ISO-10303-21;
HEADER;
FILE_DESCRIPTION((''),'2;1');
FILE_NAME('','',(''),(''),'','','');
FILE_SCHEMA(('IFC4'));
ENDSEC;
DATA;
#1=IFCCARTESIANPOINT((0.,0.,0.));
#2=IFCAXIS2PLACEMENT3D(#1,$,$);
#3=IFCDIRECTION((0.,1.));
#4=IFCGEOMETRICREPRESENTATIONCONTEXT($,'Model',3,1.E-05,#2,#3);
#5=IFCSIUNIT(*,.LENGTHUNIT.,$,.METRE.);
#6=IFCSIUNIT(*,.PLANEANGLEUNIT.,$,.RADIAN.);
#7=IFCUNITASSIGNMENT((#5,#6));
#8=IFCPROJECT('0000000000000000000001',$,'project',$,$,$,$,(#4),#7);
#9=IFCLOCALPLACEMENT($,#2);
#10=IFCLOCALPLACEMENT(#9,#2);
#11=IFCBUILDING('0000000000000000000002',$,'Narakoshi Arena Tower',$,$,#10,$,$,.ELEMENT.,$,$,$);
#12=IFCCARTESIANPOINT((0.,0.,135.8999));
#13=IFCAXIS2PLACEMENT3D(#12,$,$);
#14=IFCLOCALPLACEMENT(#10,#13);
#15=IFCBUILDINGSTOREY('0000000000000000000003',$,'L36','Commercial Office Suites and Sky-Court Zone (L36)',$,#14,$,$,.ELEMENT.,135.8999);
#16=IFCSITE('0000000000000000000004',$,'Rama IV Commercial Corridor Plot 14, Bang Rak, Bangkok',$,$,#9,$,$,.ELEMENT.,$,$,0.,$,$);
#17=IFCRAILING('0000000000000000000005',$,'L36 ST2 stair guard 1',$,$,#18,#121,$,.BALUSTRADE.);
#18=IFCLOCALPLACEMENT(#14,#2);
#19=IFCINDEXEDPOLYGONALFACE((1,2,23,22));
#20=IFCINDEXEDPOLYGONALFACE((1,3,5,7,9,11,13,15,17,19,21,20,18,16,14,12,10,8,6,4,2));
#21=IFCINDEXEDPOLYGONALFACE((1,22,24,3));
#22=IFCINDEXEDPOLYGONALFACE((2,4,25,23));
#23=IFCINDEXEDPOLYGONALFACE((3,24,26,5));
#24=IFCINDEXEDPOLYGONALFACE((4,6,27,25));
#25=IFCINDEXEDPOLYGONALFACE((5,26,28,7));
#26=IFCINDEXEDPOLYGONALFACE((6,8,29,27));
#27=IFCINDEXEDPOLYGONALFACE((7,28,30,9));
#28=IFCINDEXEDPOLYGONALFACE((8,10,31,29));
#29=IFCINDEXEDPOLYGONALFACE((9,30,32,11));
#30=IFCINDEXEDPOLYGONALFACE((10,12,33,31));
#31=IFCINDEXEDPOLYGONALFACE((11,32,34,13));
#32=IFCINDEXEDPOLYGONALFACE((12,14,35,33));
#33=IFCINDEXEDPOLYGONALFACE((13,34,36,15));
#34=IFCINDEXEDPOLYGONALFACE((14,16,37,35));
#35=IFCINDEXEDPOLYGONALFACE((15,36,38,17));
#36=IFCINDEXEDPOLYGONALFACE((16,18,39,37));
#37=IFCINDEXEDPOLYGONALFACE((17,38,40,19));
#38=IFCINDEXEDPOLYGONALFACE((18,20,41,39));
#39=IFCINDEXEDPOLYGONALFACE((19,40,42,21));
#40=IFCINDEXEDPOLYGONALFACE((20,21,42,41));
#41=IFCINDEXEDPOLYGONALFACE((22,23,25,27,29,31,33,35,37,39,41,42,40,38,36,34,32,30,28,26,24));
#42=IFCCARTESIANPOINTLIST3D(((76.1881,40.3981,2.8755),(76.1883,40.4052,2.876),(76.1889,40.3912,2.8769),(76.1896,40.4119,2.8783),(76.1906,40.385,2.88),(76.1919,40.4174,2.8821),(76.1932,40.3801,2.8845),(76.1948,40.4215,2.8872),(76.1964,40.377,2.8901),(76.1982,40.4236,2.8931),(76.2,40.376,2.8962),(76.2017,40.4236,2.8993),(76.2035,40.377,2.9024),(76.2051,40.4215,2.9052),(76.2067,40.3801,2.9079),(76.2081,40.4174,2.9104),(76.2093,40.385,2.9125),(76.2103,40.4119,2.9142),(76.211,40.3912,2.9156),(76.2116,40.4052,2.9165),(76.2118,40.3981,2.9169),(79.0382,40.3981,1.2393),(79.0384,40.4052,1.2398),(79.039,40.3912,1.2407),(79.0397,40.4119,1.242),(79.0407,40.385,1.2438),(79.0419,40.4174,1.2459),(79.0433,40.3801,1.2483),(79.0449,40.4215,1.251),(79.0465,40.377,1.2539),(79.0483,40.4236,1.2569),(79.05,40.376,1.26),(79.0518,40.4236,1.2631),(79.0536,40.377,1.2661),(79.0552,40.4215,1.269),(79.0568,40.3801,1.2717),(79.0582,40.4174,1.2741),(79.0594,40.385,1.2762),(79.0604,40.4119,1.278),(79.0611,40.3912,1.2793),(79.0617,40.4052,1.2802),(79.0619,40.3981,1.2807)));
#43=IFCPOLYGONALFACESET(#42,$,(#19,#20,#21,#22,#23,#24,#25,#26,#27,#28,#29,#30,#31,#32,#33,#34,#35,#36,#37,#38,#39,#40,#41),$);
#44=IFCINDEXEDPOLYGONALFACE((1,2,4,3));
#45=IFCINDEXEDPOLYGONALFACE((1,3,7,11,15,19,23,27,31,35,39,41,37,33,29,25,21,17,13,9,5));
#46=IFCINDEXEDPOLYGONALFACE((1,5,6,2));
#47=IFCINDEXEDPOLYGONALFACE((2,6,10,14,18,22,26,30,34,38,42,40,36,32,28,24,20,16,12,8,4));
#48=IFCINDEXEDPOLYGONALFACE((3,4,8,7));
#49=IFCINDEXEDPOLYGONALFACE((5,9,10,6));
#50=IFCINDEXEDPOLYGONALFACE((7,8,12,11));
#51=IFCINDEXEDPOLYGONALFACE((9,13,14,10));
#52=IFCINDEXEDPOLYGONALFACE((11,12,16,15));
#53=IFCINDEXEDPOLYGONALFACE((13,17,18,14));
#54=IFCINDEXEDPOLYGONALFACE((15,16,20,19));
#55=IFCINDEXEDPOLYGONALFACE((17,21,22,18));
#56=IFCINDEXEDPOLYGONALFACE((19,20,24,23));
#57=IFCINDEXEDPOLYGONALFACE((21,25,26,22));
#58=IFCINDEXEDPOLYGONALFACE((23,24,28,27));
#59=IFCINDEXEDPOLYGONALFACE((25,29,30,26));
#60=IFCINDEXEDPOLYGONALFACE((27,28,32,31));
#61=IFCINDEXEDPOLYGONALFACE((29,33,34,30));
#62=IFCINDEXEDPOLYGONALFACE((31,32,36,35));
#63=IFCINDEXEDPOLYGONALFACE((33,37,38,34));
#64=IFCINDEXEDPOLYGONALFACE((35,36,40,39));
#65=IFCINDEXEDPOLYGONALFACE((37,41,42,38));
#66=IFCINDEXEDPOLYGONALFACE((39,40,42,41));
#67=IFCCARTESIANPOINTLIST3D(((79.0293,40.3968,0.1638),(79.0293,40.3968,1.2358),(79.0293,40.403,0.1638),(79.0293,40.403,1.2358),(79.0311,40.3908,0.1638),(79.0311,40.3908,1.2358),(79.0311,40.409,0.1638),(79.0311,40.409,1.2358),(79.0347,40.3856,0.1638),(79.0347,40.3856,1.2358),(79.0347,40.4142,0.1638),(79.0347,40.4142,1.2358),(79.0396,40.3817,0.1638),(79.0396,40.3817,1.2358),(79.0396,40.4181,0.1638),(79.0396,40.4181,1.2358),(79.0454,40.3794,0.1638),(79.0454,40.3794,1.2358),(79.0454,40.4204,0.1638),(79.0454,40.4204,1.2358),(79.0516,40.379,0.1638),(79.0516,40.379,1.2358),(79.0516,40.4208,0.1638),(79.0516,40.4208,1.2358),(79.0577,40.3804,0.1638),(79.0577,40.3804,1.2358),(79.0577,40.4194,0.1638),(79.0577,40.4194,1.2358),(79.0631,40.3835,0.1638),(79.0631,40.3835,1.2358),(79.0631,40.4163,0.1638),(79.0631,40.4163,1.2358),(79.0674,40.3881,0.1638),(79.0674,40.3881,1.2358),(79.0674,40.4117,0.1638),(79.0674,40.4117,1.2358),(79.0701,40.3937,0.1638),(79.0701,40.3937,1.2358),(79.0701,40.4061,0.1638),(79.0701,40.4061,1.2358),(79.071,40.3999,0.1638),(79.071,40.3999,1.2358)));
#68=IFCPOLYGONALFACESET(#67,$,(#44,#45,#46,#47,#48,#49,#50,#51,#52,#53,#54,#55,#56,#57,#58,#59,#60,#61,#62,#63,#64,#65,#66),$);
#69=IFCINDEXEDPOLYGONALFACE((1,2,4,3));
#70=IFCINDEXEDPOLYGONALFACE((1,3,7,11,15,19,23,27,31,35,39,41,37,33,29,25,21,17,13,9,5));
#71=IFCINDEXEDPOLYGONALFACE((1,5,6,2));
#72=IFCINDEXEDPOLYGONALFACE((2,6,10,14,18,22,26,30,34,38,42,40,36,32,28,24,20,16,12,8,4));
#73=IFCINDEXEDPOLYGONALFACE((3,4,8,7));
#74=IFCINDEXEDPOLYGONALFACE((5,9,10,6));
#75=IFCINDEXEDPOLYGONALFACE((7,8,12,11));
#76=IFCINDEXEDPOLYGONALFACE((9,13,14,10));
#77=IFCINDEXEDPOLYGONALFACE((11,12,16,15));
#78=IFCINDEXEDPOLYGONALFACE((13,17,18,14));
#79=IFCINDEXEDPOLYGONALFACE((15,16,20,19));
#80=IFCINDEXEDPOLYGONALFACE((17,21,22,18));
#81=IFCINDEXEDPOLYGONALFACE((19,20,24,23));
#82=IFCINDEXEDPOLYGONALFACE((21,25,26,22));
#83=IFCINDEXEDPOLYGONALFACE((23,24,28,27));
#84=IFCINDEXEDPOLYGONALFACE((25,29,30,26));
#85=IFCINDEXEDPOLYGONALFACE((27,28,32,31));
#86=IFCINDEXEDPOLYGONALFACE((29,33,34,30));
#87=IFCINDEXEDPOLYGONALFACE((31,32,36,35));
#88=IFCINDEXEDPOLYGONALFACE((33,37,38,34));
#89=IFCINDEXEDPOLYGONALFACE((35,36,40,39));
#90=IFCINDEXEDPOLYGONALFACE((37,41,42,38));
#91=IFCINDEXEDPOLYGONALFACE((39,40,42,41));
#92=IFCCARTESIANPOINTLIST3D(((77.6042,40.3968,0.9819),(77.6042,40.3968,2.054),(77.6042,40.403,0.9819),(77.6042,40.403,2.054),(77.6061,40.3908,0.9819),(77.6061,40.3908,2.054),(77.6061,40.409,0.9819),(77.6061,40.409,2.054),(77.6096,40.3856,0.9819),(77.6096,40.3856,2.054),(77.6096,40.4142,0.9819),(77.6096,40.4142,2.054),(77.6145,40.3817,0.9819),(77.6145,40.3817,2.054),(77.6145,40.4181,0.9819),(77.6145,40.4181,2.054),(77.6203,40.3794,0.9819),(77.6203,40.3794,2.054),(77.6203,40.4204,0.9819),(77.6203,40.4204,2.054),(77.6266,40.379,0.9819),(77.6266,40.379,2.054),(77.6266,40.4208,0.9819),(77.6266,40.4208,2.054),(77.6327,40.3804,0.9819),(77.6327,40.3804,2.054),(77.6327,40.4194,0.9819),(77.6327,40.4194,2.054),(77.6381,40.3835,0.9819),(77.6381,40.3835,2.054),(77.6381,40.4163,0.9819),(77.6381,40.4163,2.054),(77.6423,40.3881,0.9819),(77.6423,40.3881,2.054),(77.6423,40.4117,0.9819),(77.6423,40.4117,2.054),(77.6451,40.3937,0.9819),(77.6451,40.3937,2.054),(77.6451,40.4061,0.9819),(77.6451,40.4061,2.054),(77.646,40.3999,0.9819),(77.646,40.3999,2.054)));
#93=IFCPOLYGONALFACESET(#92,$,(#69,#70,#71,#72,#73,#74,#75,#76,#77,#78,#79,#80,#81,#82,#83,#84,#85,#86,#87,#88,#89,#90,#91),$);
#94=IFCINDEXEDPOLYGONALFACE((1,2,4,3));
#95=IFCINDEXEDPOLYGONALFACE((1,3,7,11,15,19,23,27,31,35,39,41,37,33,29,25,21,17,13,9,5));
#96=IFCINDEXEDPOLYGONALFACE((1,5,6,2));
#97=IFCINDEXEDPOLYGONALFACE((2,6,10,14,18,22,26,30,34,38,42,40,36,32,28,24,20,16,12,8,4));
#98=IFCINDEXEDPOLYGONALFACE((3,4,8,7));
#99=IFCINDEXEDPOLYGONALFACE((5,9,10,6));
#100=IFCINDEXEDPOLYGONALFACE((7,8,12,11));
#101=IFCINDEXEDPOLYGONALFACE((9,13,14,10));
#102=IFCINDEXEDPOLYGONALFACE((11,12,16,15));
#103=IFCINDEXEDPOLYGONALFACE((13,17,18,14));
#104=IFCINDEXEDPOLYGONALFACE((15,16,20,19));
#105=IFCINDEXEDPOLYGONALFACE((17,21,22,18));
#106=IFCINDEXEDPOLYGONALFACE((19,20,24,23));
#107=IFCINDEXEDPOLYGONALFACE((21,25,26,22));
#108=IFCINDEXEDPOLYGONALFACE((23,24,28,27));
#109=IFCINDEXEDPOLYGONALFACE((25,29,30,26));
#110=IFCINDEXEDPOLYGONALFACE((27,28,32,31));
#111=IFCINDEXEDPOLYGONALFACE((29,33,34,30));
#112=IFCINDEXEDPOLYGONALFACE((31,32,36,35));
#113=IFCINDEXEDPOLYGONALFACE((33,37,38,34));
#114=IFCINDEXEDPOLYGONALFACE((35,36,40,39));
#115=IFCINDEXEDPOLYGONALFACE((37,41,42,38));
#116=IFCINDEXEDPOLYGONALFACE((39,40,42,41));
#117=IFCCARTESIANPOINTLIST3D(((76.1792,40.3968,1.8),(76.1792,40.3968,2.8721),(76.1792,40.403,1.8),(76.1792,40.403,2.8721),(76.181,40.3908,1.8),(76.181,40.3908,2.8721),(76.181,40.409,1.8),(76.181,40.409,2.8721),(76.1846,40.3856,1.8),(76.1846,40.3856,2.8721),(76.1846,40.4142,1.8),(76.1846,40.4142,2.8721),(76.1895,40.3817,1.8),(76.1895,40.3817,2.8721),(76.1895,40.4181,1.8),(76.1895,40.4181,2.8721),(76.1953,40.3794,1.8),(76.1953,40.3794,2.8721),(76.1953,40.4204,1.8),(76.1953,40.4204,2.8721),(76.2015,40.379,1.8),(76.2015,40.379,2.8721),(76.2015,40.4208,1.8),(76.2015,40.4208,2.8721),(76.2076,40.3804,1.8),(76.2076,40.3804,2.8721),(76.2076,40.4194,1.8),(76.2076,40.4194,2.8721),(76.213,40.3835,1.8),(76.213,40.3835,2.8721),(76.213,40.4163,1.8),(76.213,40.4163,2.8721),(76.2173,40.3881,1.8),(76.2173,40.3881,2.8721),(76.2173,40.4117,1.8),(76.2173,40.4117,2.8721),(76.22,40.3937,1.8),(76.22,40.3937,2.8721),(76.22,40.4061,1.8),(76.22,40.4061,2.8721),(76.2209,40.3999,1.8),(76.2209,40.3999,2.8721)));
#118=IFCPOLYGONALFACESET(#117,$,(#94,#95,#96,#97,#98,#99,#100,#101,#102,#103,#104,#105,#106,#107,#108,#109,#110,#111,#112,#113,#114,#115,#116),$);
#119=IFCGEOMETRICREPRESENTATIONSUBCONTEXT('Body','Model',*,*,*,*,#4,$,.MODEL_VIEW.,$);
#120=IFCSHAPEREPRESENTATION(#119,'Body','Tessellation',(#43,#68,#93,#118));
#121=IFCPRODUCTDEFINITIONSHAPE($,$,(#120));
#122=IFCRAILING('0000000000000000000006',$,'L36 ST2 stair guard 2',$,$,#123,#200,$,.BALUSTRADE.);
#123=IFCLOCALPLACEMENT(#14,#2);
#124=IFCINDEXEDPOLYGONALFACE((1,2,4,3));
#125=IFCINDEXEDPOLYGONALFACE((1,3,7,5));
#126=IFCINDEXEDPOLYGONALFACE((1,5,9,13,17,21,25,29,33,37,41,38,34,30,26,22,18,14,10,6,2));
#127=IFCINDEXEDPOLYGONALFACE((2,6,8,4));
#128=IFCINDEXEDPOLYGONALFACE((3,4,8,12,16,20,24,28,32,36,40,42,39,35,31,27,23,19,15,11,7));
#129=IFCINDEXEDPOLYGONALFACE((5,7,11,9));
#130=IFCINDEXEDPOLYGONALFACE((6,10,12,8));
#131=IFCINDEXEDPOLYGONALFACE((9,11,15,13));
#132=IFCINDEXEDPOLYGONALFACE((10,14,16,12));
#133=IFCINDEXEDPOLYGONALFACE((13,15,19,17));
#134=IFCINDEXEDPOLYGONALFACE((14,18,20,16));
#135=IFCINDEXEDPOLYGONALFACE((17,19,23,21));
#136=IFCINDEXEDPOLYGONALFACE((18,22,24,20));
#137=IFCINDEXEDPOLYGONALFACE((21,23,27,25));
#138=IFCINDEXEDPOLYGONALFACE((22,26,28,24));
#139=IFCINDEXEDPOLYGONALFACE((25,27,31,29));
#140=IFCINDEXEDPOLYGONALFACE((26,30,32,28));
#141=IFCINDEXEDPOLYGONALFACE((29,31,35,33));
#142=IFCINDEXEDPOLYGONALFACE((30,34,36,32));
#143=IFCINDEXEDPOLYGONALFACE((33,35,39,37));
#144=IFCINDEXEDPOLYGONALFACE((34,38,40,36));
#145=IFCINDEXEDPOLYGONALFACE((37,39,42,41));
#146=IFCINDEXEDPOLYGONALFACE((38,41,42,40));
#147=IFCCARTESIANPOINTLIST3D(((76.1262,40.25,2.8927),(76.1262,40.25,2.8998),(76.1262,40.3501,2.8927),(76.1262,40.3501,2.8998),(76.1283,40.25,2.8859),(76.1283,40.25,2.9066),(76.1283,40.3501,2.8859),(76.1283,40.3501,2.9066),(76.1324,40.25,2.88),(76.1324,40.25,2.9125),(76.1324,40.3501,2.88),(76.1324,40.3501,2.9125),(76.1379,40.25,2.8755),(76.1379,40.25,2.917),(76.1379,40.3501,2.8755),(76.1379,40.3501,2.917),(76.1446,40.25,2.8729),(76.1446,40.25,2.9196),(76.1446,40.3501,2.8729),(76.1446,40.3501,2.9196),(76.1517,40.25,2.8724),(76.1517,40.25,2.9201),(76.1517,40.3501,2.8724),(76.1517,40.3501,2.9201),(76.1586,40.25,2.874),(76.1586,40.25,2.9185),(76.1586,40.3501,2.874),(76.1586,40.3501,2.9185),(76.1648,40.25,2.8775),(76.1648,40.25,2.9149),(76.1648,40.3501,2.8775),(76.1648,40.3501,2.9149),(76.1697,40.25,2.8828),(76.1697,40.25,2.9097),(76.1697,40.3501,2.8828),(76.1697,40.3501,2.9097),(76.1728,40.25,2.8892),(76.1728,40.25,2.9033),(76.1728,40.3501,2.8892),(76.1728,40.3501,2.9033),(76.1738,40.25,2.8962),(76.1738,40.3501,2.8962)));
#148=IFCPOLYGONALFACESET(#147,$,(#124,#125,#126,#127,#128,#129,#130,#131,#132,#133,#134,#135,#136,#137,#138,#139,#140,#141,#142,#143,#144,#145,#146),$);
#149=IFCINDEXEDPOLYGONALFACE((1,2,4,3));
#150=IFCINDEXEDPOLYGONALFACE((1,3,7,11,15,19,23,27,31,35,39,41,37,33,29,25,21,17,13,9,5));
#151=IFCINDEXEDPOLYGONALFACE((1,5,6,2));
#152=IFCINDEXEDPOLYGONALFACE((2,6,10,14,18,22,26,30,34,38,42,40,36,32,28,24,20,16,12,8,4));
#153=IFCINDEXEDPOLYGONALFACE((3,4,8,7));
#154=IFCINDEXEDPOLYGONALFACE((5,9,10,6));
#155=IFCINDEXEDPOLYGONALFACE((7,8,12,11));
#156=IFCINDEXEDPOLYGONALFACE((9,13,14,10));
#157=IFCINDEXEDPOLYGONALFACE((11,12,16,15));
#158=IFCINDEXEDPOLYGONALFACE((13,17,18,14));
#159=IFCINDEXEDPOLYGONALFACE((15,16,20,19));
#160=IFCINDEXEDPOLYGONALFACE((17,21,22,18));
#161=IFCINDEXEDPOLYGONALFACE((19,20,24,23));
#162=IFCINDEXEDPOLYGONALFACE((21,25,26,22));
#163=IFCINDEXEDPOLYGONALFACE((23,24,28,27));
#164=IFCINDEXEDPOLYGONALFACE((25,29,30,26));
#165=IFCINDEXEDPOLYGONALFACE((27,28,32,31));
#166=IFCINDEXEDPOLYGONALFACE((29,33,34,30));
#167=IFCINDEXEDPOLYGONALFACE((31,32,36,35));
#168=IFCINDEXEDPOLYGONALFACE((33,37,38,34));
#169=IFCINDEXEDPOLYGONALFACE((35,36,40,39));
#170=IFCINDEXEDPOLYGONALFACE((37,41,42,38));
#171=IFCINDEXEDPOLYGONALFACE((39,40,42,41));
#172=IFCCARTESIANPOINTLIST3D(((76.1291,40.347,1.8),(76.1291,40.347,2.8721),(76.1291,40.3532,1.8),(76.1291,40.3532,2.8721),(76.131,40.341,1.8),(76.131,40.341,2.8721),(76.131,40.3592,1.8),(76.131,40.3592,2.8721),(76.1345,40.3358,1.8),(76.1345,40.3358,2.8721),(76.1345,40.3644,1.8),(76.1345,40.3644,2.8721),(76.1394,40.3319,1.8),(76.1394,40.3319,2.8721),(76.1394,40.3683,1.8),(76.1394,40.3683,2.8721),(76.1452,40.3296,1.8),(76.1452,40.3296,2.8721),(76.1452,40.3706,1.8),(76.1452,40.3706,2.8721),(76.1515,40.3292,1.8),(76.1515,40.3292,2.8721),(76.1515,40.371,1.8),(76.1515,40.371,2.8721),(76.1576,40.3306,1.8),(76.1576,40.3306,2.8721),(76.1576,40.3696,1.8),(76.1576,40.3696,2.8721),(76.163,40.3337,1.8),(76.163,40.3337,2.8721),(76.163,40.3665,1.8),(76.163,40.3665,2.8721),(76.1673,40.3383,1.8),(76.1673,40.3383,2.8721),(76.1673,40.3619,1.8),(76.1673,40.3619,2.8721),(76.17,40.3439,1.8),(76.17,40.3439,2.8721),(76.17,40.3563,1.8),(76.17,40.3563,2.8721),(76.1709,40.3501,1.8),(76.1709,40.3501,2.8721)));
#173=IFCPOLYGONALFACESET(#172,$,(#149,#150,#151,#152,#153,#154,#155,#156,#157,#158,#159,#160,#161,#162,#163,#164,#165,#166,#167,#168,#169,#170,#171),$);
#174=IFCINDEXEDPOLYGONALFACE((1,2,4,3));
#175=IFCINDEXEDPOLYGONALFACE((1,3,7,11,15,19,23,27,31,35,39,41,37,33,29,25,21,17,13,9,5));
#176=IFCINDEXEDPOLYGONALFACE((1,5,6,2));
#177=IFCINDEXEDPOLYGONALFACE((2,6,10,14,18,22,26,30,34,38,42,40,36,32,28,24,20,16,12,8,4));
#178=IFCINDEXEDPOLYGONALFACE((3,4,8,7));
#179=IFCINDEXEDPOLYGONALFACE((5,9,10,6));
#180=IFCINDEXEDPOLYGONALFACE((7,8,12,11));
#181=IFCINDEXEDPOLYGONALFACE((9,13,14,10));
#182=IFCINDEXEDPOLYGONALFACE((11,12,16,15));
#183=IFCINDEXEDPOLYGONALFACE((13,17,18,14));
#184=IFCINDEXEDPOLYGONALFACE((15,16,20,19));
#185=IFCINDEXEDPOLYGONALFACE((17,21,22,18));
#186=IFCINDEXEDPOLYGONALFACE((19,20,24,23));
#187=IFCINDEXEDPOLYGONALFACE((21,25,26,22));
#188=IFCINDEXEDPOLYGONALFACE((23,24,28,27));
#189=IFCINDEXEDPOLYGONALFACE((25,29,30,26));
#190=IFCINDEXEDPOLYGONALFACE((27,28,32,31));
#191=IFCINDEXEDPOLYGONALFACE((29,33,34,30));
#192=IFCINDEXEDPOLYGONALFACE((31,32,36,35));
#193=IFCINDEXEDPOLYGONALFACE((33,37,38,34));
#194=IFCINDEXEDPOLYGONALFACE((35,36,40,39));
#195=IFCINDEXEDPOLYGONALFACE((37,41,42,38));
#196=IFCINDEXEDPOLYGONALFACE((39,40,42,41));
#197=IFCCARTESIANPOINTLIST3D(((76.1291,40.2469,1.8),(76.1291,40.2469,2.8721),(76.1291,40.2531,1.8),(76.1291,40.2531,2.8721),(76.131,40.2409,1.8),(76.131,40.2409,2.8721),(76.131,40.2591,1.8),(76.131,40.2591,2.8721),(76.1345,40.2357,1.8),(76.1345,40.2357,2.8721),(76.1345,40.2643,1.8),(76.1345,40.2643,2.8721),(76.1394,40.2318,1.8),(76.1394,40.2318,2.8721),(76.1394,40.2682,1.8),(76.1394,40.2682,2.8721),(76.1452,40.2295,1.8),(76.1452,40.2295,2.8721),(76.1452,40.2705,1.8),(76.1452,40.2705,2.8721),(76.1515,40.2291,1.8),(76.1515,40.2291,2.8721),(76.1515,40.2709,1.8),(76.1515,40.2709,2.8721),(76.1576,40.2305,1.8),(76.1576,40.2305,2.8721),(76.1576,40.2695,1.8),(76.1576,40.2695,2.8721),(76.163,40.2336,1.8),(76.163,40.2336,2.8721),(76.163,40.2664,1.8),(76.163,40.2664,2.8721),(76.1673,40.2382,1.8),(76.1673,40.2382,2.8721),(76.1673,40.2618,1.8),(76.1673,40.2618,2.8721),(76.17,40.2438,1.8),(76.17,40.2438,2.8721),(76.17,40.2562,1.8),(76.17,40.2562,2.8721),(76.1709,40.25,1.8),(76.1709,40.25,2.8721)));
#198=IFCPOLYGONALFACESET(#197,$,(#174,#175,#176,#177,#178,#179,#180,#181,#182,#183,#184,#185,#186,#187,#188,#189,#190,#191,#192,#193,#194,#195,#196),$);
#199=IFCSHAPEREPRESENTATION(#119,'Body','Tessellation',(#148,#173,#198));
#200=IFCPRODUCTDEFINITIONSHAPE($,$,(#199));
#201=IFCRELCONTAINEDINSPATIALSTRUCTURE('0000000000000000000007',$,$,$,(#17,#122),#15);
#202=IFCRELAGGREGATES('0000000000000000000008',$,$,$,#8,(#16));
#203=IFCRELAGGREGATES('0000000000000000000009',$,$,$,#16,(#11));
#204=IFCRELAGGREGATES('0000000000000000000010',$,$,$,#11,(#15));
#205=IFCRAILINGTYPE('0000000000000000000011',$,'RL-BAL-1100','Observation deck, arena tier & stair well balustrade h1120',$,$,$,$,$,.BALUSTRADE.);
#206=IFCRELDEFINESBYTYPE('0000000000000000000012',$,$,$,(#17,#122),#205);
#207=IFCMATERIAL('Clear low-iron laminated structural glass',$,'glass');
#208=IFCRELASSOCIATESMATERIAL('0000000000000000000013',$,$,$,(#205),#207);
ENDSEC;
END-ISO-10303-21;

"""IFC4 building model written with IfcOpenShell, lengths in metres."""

from ifc_helpers import new_model, si_unit, direction, frame, origin, origin_2d, place, context, subcontext, project, spatial, circle, extrude, material, type_object, element, save


model = new_model("IFC4")

# Units and contexts
model_context = context("Model", 3, precision=1e-05, world=origin(), true_north=direction((0.0, 1.0)))
body_context = subcontext(model_context, "Body", "Model", "MODEL_VIEW")
ifc_project = project(units=[si_unit("LENGTHUNIT", "METRE"), si_unit("PLANEANGLEUNIT", "RADIAN")], contexts=[model_context])

# Site, building, storey
site_placement = place(None, origin())
site = spatial("IfcSite", under=ifc_project, at=site_placement, Name="Rama IV Commercial Corridor Plot 14, Bang Rak, Bangkok", CompositionType="ELEMENT", RefElevation=0.0)
building_placement = place(site_placement, origin())
building = spatial("IfcBuilding", under=site, at=building_placement, Name="Narakoshi Arena Tower", CompositionType="ELEMENT")
storey_placement = place(building_placement, frame((0.0, 0.0, 135.8999)))
storey = spatial("IfcBuildingStorey", under=building, at=storey_placement, Name="L36", Description="Commercial Office Suites and Sky-Court Zone (L36)", CompositionType="ELEMENT", Elevation=135.8999)

# Railings
ifc_material_1 = material(Name="Clear low-iron laminated structural glass", Category="glass")
railing_type_1 = type_object("IfcRailingType", Name="RL-BAL-1100", Description="Observation deck, arena tier & stair well balustrade h1120", PredefinedType="BALUSTRADE", material=ifc_material_1)
railing_1_placement = place(storey_placement, frame((79.05, 40.3999, 0.1638)))
element("IfcRailing", 1, at=railing_1_placement, inside=storey, type_object=railing_type_1, Name="L36 ST2 stair guard 1", PredefinedType="BALUSTRADE", context=body_context, shape_type="SweptSolid", body=[
    extrude(circle(Radius=0.0239, at=origin_2d()), frame((0.0, 0.0, 1.0962), z_axis=(-0.867245, 0.0, 0.497882), x_axis=(0.0, -1.0, 0.0)), (0.0, 0.0, 1.0), 3.2864),
    extrude(circle(Radius=0.021, at=origin_2d()), origin(), (0.0, 0.0, 1.0), 1.072),
    extrude(circle(Radius=0.021, at=origin_2d()), frame((-1.425, 0.0, 0.8181)), (0.0, 0.0, 1.0), 1.072),
    extrude(circle(Radius=0.021, at=origin_2d()), frame((-2.8501, 0.0, 1.6362)), (0.0, 0.0, 1.0), 1.072),
])
railing_2_placement = place(storey_placement, frame((76.1499, 40.3501, 1.8)))
element("IfcRailing", 2, at=railing_2_placement, inside=storey, type_object=railing_type_1, Name="L36 ST2 stair guard 2", PredefinedType="BALUSTRADE", context=body_context, shape_type="SweptSolid", body=[
    extrude(circle(Radius=0.0239, at=origin_2d()), frame((0.0, 0.0, 1.0962), z_axis=(0.0, -1.0, 0.0), x_axis=(1.0, 0.0, 0.0)), (0.0, 0.0, 1.0), 0.1001),
    extrude(circle(Radius=0.021, at=origin_2d()), origin(), (0.0, 0.0, 1.0), 1.072),
    extrude(circle(Radius=0.021, at=origin_2d()), frame((0.0, -0.1001, 0.0)), (0.0, 0.0, 1.0), 1.072),
])

save(model, "model.ifc")
